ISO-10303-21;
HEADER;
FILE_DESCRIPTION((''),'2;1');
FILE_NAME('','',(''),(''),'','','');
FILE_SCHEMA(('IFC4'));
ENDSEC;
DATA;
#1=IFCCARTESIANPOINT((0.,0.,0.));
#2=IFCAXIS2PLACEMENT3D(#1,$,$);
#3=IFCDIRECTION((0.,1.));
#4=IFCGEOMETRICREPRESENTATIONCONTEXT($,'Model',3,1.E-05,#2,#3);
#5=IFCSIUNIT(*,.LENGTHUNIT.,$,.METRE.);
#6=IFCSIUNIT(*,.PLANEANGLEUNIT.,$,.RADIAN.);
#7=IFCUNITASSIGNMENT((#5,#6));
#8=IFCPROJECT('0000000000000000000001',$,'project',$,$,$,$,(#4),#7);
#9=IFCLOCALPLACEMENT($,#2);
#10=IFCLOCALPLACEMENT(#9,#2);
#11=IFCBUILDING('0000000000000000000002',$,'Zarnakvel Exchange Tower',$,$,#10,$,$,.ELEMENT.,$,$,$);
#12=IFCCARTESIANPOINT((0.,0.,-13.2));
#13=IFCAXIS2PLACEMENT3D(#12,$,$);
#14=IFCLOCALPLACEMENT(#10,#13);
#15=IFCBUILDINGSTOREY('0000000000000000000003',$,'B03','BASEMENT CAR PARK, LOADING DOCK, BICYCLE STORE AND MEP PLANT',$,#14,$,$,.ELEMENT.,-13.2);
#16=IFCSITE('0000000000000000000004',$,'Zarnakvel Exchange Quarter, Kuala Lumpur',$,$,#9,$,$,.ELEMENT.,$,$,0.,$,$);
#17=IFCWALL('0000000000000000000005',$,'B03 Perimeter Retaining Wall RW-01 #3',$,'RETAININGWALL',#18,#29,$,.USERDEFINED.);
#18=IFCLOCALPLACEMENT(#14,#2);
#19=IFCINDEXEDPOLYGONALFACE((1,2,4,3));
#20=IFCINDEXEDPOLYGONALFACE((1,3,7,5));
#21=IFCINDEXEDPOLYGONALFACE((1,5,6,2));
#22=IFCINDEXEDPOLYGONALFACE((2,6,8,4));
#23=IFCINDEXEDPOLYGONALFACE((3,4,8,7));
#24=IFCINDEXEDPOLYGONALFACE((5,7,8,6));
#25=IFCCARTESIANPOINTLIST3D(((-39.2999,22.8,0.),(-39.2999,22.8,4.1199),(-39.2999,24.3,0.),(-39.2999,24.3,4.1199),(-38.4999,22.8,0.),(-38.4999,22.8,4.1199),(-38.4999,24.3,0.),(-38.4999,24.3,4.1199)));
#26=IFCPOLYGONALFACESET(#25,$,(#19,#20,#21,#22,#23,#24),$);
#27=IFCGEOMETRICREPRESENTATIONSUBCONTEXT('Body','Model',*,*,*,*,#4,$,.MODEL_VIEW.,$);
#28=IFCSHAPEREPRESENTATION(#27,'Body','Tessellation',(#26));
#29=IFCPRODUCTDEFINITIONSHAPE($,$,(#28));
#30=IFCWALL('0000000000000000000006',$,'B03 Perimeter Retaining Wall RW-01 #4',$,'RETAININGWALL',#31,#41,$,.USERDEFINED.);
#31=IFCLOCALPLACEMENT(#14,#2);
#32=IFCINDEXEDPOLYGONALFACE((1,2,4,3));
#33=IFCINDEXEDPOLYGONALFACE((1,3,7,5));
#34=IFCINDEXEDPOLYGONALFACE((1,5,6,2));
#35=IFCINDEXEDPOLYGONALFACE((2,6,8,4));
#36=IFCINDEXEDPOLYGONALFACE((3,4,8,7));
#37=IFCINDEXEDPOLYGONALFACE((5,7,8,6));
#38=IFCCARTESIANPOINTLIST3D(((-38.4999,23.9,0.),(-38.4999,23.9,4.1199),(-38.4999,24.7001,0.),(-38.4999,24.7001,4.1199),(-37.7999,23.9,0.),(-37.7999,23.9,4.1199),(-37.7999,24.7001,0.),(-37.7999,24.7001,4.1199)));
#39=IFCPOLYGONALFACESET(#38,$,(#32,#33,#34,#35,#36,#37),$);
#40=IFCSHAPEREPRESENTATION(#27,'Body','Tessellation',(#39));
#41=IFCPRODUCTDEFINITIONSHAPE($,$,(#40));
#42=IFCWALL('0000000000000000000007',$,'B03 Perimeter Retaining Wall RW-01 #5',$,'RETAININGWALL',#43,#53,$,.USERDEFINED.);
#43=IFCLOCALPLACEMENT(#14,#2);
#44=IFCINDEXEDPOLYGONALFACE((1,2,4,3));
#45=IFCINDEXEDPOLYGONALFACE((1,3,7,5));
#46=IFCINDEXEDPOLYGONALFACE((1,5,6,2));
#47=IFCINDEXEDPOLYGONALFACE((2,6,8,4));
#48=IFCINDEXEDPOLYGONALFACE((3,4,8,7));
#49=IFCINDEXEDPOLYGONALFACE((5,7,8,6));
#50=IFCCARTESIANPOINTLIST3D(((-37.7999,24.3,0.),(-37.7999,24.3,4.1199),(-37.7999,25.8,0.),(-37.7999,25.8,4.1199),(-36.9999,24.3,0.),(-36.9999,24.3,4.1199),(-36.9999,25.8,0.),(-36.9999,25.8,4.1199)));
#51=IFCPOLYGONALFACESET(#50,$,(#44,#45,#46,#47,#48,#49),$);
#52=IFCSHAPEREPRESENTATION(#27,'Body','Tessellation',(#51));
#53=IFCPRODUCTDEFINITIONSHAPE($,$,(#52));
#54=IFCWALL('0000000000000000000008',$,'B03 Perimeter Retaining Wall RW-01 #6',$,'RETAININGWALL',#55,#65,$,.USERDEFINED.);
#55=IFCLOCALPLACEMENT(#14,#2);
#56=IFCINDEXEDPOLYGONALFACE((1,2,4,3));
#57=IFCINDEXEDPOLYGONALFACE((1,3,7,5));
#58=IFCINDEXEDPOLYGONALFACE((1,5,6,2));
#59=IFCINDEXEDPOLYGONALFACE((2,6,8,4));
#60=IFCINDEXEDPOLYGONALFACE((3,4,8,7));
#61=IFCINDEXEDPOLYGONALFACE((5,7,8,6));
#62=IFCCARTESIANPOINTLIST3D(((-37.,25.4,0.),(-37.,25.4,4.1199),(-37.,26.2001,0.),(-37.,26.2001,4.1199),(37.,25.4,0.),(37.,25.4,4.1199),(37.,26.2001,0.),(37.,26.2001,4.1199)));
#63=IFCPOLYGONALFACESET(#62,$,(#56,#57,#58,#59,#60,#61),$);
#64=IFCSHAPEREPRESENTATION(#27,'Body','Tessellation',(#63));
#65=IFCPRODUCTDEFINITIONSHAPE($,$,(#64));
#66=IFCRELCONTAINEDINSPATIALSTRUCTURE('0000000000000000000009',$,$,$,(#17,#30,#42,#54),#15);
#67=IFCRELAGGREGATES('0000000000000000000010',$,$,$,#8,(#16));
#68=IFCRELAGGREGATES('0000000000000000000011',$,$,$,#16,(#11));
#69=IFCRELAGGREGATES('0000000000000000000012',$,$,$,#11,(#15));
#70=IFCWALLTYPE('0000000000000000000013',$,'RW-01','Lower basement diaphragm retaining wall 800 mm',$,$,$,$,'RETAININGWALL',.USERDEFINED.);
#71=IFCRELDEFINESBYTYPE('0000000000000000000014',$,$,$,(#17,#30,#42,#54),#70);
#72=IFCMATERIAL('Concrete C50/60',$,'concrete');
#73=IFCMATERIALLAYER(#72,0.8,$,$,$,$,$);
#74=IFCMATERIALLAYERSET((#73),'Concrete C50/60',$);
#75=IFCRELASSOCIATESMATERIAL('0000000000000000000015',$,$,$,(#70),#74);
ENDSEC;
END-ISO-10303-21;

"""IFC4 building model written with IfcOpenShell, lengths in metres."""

from ifc_helpers import new_model, si_unit, direction, frame, frame_2d, origin, place, context, subcontext, project, spatial, rectangle, extrude, material, layer, layer_set, type_object, element, save


model = new_model("IFC4")

# Units and contexts
model_context = context("Model", 3, precision=1e-05, world=origin(), true_north=direction((0.0, 1.0)))
body_context = subcontext(model_context, "Body", "Model", "MODEL_VIEW")
ifc_project = project(units=[si_unit("LENGTHUNIT", "METRE"), si_unit("PLANEANGLEUNIT", "RADIAN")], contexts=[model_context])

# Site, building, storey
site_placement = place(None, origin())
site = spatial("IfcSite", under=ifc_project, at=site_placement, Name="Zarnakvel Exchange Quarter, Kuala Lumpur", CompositionType="ELEMENT", RefElevation=0.0)
building_placement = place(site_placement, origin())
building = spatial("IfcBuilding", under=site, at=building_placement, Name="Zarnakvel Exchange Tower", CompositionType="ELEMENT")
storey_placement = place(building_placement, frame((0.0, 0.0, -13.2)))
storey = spatial("IfcBuildingStorey", under=building, at=storey_placement, Name="B03", Description="BASEMENT CAR PARK, LOADING DOCK, BICYCLE STORE AND MEP PLANT", CompositionType="ELEMENT", Elevation=-13.2)

# Shared definitions
ifc_material_1 = material(Name="Concrete C50/60", Category="concrete")

# Walls
ifc_layer_1 = layer(ifc_material_1, 0.8)
ifc_layer_set_1 = layer_set([ifc_layer_1], Name="Concrete C50/60")
wall_type_1 = type_object("IfcWallType", Name="RW-01", Description="Lower basement diaphragm retaining wall 800 mm", ElementType="RETAININGWALL", PredefinedType="USERDEFINED", material=ifc_layer_set_1)
wall_1_placement = place(storey_placement, frame((-38.8999, 22.8, 0.0), z_axis=(0.0, 0.0, 1.0), x_axis=(0.0, 1.0, 0.0)))
element("IfcWall", 1, at=wall_1_placement, inside=storey, type_object=wall_type_1, Name="B03 Perimeter Retaining Wall RW-01 #3", ObjectType="RETAININGWALL", PredefinedType="USERDEFINED", context=body_context, shape_type="SweptSolid", body=[
    extrude(rectangle(XDim=1.5, YDim=0.8, at=frame_2d((0.75, 0.0))), origin(), (0.0, 0.0, 1.0), 4.1199),
])
wall_2_placement = place(storey_placement, frame((-38.5, 24.3, 0.0), z_axis=(0.0, 0.0, 1.0), x_axis=(1.0, 0.0, 0.0)))
element("IfcWall", 2, at=wall_2_placement, inside=storey, type_object=wall_type_1, Name="B03 Perimeter Retaining Wall RW-01 #4", ObjectType="RETAININGWALL", PredefinedType="USERDEFINED", context=body_context, shape_type="SweptSolid", body=[
    extrude(rectangle(XDim=0.7, YDim=0.8, at=frame_2d((0.3501, 0.0))), origin(), (0.0, 0.0, 1.0), 4.1199),
])
wall_3_placement = place(storey_placement, frame((-37.3999, 24.3, 0.0), z_axis=(0.0, 0.0, 1.0), x_axis=(0.0, 1.0, 0.0)))
element("IfcWall", 3, at=wall_3_placement, inside=storey, type_object=wall_type_1, Name="B03 Perimeter Retaining Wall RW-01 #5", ObjectType="RETAININGWALL", PredefinedType="USERDEFINED", context=body_context, shape_type="SweptSolid", body=[
    extrude(rectangle(XDim=1.5, YDim=0.8, at=frame_2d((0.75, 0.0))), origin(), (0.0, 0.0, 1.0), 4.1199),
])
wall_4_placement = place(storey_placement, frame((-37.0, 25.8, 0.0), z_axis=(0.0, 0.0, 1.0), x_axis=(1.0, 0.0, 0.0)))
element("IfcWall", 4, at=wall_4_placement, inside=storey, type_object=wall_type_1, Name="B03 Perimeter Retaining Wall RW-01 #6", ObjectType="RETAININGWALL", PredefinedType="USERDEFINED", context=body_context, shape_type="SweptSolid", body=[
    extrude(rectangle(XDim=74.0, YDim=0.8, at=frame_2d((37.0, 0.0))), origin(), (0.0, 0.0, 1.0), 4.1199),
])

save(model, "model.ifc")
